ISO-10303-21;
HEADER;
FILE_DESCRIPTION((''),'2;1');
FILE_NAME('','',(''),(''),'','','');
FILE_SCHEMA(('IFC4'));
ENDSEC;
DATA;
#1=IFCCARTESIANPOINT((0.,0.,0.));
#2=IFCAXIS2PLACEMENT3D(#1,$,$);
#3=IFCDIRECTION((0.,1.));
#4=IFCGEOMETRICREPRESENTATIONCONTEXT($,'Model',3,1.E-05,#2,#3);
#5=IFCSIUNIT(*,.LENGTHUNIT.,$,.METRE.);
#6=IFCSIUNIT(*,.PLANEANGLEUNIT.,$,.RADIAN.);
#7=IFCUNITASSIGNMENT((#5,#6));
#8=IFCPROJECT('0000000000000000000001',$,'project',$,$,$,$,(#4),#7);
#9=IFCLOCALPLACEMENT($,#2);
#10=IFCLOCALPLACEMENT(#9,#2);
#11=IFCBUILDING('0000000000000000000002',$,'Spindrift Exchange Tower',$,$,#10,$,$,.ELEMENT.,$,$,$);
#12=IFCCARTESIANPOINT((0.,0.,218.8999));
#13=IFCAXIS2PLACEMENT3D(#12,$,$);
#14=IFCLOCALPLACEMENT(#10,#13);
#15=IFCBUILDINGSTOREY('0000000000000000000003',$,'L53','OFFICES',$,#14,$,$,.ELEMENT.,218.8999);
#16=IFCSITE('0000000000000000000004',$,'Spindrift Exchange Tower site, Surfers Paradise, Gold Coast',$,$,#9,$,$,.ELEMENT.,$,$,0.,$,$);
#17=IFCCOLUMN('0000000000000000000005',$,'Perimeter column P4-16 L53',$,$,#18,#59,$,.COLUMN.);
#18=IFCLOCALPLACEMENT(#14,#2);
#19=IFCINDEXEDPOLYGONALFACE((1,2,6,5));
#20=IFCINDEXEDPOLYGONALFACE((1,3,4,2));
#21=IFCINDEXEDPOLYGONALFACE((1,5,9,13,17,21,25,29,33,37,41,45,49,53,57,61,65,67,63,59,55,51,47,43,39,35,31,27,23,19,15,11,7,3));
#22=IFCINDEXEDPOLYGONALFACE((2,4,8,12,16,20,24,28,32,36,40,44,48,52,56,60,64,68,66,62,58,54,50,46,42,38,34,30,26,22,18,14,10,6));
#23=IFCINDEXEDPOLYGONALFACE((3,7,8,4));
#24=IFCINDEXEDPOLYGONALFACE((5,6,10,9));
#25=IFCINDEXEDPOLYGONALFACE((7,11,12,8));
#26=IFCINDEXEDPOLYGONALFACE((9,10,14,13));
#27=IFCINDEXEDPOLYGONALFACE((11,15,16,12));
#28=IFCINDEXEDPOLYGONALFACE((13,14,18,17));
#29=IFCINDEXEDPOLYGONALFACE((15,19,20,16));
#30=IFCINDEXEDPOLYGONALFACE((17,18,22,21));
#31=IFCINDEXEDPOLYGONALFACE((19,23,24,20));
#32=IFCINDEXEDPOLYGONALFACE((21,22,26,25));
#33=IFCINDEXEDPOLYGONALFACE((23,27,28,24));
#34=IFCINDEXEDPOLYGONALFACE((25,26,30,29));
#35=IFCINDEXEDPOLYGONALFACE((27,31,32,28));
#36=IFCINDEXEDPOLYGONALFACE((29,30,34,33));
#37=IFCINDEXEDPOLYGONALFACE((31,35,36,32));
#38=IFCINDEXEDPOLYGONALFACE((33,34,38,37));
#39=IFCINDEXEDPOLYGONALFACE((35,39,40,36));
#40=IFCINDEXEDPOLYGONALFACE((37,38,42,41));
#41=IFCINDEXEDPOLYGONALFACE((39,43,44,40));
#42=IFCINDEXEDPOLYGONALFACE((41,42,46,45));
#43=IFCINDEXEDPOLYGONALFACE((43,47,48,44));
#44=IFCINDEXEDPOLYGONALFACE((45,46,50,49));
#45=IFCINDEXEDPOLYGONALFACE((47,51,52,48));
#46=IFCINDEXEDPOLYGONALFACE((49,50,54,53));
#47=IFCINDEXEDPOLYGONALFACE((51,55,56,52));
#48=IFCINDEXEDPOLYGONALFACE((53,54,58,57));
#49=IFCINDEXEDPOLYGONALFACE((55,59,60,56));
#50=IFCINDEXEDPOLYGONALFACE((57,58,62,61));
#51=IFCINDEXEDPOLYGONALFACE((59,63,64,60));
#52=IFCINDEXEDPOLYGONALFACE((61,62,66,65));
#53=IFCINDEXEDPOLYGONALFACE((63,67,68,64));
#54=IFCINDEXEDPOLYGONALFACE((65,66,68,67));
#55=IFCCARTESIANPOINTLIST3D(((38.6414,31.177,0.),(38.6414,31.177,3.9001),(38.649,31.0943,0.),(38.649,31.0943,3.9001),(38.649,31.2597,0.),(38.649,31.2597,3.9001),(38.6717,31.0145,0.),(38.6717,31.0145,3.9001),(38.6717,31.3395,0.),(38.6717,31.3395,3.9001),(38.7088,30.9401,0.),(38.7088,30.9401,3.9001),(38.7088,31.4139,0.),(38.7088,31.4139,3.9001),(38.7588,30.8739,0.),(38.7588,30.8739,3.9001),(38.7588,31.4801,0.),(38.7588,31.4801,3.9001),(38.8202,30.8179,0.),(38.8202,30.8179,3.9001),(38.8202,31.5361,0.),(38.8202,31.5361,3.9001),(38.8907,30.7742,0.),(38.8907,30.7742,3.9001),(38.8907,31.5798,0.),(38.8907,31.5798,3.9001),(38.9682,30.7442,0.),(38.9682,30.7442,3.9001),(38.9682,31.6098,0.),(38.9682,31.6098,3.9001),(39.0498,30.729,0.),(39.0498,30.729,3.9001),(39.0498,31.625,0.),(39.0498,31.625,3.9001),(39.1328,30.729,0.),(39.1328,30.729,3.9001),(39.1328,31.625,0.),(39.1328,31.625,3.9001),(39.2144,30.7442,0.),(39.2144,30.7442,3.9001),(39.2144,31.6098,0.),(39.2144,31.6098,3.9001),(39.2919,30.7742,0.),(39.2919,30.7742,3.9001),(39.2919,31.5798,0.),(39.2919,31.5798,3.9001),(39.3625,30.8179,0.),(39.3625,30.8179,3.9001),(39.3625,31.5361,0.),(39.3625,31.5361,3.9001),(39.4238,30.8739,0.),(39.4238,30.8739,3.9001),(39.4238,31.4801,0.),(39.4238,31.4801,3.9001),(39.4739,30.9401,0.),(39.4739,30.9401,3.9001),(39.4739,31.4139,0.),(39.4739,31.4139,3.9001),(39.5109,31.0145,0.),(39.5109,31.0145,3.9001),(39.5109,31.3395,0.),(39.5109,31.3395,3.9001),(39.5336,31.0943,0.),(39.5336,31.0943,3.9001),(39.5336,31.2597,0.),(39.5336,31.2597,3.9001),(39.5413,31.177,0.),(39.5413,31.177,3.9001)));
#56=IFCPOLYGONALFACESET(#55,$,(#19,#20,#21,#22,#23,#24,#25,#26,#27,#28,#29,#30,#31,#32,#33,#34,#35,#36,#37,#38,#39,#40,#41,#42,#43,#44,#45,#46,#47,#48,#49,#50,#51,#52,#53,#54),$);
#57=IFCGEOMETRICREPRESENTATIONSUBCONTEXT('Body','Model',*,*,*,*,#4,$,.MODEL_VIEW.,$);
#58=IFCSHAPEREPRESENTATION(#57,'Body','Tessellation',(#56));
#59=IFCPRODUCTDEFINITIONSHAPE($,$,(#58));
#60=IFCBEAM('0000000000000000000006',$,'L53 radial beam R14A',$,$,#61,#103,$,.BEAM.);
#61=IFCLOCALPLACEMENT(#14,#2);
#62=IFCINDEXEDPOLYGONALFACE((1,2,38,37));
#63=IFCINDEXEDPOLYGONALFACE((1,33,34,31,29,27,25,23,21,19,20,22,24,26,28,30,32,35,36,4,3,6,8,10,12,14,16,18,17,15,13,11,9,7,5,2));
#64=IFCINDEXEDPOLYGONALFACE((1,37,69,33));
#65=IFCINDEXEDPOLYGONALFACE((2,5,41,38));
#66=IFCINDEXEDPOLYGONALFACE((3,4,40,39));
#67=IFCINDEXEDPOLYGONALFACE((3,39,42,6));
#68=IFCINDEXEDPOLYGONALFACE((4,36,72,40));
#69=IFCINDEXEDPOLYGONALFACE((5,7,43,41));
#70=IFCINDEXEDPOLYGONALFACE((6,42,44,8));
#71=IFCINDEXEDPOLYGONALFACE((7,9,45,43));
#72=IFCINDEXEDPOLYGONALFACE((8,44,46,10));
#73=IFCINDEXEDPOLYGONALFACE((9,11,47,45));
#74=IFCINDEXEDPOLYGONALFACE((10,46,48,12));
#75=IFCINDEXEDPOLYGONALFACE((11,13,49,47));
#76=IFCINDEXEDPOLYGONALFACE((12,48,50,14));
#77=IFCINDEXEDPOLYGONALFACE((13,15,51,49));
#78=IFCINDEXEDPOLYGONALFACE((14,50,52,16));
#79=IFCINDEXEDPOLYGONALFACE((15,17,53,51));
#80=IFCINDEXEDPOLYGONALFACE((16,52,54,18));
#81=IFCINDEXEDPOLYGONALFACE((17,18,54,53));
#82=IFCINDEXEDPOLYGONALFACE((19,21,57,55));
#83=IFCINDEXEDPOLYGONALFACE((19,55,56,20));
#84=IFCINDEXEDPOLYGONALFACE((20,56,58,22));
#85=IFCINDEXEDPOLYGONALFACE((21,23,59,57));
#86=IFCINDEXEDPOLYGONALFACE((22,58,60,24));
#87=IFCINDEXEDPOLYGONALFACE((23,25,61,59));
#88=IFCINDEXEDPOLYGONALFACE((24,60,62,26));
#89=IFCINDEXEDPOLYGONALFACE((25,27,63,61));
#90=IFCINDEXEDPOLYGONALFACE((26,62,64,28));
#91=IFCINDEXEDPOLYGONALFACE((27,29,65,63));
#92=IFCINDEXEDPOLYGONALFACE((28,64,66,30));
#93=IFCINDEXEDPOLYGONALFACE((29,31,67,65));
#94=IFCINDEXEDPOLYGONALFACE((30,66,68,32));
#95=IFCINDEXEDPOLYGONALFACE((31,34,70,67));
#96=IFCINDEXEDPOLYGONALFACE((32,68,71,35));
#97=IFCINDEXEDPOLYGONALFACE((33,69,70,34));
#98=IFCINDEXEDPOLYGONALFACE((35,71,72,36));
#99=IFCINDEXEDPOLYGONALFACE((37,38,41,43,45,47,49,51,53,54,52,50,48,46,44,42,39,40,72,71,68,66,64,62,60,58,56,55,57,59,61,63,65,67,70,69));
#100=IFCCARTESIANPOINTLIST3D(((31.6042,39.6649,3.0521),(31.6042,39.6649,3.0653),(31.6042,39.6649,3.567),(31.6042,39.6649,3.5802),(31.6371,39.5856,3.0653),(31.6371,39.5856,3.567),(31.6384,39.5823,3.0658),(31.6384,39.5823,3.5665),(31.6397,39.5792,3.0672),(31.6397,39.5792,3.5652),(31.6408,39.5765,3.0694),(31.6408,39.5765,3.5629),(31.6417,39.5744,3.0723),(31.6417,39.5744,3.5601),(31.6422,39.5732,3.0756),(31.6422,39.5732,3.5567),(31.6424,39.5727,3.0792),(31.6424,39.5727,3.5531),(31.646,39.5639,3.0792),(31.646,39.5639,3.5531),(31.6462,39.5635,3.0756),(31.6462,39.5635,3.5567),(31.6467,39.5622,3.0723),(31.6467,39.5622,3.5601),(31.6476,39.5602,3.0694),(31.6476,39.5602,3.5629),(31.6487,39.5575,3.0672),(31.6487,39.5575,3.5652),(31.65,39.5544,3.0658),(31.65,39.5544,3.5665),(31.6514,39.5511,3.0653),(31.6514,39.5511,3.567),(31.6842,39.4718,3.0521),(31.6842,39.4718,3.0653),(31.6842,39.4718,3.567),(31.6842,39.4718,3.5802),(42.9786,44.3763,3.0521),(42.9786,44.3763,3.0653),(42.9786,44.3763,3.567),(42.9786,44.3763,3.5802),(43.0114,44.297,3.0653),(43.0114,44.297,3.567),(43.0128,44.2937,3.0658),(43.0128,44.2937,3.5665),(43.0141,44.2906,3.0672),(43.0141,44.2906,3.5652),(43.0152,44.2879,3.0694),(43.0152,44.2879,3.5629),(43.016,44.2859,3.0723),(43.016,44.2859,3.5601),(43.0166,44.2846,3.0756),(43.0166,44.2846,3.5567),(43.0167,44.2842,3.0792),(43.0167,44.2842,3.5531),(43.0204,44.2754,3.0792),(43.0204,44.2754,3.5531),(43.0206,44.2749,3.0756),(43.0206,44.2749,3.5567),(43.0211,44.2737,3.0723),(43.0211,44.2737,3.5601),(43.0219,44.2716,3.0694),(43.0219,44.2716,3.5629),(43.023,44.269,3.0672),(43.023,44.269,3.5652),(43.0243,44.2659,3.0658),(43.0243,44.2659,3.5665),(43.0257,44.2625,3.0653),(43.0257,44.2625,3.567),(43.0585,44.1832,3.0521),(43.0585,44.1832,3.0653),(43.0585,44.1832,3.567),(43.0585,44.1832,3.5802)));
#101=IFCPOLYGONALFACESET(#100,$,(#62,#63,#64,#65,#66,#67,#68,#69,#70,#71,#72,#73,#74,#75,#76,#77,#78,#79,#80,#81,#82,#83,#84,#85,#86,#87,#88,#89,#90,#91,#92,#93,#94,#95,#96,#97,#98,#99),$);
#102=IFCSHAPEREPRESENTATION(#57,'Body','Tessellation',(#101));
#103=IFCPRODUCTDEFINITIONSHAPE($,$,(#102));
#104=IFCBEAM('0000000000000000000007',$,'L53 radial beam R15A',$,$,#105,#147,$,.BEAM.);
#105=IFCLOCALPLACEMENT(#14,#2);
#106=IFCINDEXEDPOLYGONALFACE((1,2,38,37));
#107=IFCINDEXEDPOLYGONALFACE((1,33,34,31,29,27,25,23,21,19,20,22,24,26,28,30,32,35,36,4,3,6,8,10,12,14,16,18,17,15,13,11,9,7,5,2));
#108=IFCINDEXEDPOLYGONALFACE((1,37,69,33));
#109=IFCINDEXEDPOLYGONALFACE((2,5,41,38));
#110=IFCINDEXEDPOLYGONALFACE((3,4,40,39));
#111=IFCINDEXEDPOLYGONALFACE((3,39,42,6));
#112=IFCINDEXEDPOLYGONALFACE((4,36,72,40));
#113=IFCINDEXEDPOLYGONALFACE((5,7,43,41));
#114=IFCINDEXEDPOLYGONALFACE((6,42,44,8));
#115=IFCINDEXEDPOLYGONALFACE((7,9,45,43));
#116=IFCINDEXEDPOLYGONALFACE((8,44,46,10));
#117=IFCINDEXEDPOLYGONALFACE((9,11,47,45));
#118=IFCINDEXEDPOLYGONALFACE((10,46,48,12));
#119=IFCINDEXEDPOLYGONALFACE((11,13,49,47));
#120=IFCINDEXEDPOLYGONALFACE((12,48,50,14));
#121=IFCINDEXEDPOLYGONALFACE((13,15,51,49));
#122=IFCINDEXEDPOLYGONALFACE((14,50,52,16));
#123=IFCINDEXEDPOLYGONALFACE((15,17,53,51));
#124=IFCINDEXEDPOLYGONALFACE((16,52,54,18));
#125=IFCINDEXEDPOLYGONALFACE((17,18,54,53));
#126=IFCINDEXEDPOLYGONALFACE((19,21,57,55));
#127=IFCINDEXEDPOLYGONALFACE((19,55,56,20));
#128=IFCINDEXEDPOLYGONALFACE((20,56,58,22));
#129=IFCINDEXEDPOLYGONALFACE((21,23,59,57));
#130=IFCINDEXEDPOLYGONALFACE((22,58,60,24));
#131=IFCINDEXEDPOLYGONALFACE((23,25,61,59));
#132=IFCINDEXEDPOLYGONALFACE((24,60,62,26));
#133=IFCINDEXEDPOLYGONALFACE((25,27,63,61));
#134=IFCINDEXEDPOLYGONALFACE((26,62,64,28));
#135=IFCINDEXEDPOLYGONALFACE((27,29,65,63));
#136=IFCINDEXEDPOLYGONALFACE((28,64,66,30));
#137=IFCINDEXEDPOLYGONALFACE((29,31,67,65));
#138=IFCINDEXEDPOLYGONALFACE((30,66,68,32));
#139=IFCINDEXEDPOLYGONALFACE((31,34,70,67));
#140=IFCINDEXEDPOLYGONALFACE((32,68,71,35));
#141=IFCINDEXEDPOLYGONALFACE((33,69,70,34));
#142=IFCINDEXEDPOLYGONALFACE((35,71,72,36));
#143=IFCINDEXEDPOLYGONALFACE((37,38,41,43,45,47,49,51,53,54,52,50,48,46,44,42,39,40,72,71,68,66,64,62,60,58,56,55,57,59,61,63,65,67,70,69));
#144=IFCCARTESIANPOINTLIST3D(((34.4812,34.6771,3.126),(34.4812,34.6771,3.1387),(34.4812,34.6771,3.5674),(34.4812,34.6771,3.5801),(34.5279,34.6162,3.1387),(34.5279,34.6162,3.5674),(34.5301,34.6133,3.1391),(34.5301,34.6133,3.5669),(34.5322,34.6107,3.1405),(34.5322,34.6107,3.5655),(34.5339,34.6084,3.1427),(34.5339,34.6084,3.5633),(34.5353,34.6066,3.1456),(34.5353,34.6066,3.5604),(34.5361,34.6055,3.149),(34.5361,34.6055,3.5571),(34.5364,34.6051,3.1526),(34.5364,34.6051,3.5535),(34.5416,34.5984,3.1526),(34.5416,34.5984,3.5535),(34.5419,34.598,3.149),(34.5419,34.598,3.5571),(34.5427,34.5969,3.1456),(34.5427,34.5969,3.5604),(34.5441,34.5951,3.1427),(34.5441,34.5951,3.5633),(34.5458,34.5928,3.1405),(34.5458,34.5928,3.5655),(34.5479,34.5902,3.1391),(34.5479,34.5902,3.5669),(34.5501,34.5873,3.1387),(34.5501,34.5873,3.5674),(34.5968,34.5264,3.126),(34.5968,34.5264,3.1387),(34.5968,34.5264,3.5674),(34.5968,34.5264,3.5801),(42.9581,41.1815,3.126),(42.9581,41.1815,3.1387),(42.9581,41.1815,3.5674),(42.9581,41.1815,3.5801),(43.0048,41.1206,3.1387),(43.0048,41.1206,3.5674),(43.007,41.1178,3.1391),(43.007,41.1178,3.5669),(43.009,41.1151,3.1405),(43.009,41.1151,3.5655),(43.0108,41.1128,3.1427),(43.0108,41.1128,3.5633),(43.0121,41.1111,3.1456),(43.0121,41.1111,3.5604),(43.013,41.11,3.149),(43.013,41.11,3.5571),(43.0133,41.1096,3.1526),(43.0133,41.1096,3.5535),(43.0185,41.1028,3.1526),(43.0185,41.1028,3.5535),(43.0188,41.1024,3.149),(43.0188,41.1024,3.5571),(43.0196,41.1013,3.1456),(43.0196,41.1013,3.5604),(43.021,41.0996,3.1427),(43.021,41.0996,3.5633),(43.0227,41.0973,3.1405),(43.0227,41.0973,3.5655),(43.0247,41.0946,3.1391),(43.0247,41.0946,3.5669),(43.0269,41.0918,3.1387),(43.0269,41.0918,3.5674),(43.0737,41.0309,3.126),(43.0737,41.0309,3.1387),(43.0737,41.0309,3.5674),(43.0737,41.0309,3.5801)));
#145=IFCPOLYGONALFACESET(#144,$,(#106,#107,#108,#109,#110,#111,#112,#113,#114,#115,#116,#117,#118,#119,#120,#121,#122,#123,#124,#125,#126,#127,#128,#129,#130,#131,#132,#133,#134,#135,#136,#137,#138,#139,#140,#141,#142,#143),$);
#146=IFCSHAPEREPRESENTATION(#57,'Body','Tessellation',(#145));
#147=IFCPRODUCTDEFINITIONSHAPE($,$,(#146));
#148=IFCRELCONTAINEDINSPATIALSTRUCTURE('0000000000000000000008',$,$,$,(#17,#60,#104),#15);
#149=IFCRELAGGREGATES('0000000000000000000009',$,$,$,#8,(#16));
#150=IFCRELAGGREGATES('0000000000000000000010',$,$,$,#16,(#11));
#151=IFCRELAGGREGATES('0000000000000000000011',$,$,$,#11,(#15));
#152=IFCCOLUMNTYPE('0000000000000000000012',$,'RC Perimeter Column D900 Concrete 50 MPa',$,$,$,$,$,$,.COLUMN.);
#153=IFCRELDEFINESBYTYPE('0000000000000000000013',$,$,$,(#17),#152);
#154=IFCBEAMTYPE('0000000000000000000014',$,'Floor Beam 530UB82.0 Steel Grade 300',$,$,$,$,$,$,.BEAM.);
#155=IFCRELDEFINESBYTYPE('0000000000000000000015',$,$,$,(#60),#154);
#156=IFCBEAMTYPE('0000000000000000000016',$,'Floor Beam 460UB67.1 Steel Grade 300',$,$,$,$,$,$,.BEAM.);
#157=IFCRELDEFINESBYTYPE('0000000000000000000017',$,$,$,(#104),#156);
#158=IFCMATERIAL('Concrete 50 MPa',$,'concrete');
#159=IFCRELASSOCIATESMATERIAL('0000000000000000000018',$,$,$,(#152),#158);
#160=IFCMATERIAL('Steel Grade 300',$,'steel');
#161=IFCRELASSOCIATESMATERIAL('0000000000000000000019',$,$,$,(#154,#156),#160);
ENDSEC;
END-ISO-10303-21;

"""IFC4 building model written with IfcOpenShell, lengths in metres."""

from ifc_helpers import new_model, si_unit, direction, frame, origin, origin_2d, place, context, subcontext, project, spatial, circle, i_section, extrude, source, transform, mapped, material, material_profile, profile_set, type_object, element, save


model = new_model("IFC4")

# Units and contexts
model_context = context("Model", 3, precision=1e-05, world=origin(), true_north=direction((0.0, 1.0)))
body_context = subcontext(model_context, "Body", "Model", "MODEL_VIEW")
ifc_project = project(units=[si_unit("LENGTHUNIT", "METRE"), si_unit("PLANEANGLEUNIT", "RADIAN")], contexts=[model_context])

# Site, building, storey
site_placement = place(None, origin())
site = spatial("IfcSite", under=ifc_project, at=site_placement, Name="Spindrift Exchange Tower site, Surfers Paradise, Gold Coast", CompositionType="ELEMENT", RefElevation=0.0)
building_placement = place(site_placement, origin())
building = spatial("IfcBuilding", under=site, at=building_placement, Name="Spindrift Exchange Tower", CompositionType="ELEMENT")
storey_placement = place(building_placement, frame((0.0, 0.0, 218.8999)))
storey = spatial("IfcBuildingStorey", under=building, at=storey_placement, Name="L53", Description="OFFICES", CompositionType="ELEMENT", Elevation=218.8999)

# Column
ifc_material_1 = material(Name="Concrete 50 MPa", Category="concrete")
ifc_material_profile_1 = material_profile(ifc_material_1, circle(Radius=0.45, at=origin_2d()), Name="RC D900")
ifc_profile_set_1 = profile_set([ifc_material_profile_1], Name="Concrete 50 MPa")
column_type = type_object("IfcColumnType", Name="RC Perimeter Column D900 Concrete 50 MPa", PredefinedType="COLUMN", material=ifc_profile_set_1)
shared_shape_1 = source(origin(), body_context, "Body", "SweptSolid", [
    extrude(circle(Radius=0.45, at=origin_2d()), origin(), (0.0, 0.0, 1.0), 3.9001),
])
column_placement = place(storey_placement, frame((39.0913, 31.177, 0.0), z_axis=(0.0, 0.0, 1.0), x_axis=(1.0, 0.0, 0.0)))
element("IfcColumn", 1, at=column_placement, inside=storey, type_object=column_type, Name="Perimeter column P4-16 L53", PredefinedType="COLUMN", context=body_context, shape_type="MappedRepresentation", body=[
    mapped(shared_shape_1, transform((0.0, 0.0, 0.0), scale=1.0)),
])

# Beams
ifc_material_2 = material(Name="Steel Grade 300", Category="steel")
ifc_material_profile_2 = material_profile(ifc_material_2, i_section(OverallWidth=0.209, OverallDepth=0.5281, WebThickness=0.0095, FlangeThickness=0.0132, FilletRadius=0.0139, at=origin_2d()), Name="530UB82.0")
ifc_profile_set_2 = profile_set([ifc_material_profile_2], Name="Steel Grade 300")
beam_type_1 = type_object("IfcBeamType", Name="Floor Beam 530UB82.0 Steel Grade 300", PredefinedType="BEAM", material=ifc_profile_set_2)
shared_shape_2 = source(origin(), body_context, "Body", "SweptSolid", [
    extrude(i_section(OverallWidth=0.209, OverallDepth=0.5281, WebThickness=0.0095, FlangeThickness=0.0132, FilletRadius=0.0139, at=origin_2d()), origin(), (0.0, 0.0, 1.0), 12.3115),
])
beam_1_placement = place(storey_placement, frame((43.0186, 44.2798, 3.3162), z_axis=(-0.923878, -0.382687, 0.0), x_axis=(0.382687, -0.923878, 0.0)))
element("IfcBeam", 2, at=beam_1_placement, inside=storey, type_object=beam_type_1, Name="L53 radial beam R14A", PredefinedType="BEAM", context=body_context, shape_type="MappedRepresentation", body=[
    mapped(shared_shape_2, transform((0.0, 0.0, 0.0), scale=1.0)),
])
ifc_material_profile_3 = material_profile(ifc_material_2, i_section(OverallWidth=0.1899, OverallDepth=0.4541, WebThickness=0.0085, FlangeThickness=0.0127, FilletRadius=0.0139, at=origin_2d()), Name="460UB67.1")
ifc_profile_set_3 = profile_set([ifc_material_profile_3], Name="Steel Grade 300")
beam_type_2 = type_object("IfcBeamType", Name="Floor Beam 460UB67.1 Steel Grade 300", PredefinedType="BEAM", material=ifc_profile_set_3)
shared_shape_3 = source(origin(), body_context, "Body", "SweptSolid", [
    extrude(i_section(OverallWidth=0.1899, OverallDepth=0.4541, WebThickness=0.0085, FlangeThickness=0.0127, FilletRadius=0.0139, at=origin_2d()), origin(), (0.0, 0.0, 1.0), 10.6848),
])
beam_2_placement = place(storey_placement, frame((43.0159, 41.1062, 3.353), z_axis=(-0.793357, -0.608756, 0.0), x_axis=(0.608756, -0.793357, 0.0)))
element("IfcBeam", 3, at=beam_2_placement, inside=storey, type_object=beam_type_2, Name="L53 radial beam R15A", PredefinedType="BEAM", context=body_context, shape_type="MappedRepresentation", body=[
    mapped(shared_shape_3, transform((0.0, 0.0, 0.0), scale=1.0)),
])

save(model, "model.ifc")
